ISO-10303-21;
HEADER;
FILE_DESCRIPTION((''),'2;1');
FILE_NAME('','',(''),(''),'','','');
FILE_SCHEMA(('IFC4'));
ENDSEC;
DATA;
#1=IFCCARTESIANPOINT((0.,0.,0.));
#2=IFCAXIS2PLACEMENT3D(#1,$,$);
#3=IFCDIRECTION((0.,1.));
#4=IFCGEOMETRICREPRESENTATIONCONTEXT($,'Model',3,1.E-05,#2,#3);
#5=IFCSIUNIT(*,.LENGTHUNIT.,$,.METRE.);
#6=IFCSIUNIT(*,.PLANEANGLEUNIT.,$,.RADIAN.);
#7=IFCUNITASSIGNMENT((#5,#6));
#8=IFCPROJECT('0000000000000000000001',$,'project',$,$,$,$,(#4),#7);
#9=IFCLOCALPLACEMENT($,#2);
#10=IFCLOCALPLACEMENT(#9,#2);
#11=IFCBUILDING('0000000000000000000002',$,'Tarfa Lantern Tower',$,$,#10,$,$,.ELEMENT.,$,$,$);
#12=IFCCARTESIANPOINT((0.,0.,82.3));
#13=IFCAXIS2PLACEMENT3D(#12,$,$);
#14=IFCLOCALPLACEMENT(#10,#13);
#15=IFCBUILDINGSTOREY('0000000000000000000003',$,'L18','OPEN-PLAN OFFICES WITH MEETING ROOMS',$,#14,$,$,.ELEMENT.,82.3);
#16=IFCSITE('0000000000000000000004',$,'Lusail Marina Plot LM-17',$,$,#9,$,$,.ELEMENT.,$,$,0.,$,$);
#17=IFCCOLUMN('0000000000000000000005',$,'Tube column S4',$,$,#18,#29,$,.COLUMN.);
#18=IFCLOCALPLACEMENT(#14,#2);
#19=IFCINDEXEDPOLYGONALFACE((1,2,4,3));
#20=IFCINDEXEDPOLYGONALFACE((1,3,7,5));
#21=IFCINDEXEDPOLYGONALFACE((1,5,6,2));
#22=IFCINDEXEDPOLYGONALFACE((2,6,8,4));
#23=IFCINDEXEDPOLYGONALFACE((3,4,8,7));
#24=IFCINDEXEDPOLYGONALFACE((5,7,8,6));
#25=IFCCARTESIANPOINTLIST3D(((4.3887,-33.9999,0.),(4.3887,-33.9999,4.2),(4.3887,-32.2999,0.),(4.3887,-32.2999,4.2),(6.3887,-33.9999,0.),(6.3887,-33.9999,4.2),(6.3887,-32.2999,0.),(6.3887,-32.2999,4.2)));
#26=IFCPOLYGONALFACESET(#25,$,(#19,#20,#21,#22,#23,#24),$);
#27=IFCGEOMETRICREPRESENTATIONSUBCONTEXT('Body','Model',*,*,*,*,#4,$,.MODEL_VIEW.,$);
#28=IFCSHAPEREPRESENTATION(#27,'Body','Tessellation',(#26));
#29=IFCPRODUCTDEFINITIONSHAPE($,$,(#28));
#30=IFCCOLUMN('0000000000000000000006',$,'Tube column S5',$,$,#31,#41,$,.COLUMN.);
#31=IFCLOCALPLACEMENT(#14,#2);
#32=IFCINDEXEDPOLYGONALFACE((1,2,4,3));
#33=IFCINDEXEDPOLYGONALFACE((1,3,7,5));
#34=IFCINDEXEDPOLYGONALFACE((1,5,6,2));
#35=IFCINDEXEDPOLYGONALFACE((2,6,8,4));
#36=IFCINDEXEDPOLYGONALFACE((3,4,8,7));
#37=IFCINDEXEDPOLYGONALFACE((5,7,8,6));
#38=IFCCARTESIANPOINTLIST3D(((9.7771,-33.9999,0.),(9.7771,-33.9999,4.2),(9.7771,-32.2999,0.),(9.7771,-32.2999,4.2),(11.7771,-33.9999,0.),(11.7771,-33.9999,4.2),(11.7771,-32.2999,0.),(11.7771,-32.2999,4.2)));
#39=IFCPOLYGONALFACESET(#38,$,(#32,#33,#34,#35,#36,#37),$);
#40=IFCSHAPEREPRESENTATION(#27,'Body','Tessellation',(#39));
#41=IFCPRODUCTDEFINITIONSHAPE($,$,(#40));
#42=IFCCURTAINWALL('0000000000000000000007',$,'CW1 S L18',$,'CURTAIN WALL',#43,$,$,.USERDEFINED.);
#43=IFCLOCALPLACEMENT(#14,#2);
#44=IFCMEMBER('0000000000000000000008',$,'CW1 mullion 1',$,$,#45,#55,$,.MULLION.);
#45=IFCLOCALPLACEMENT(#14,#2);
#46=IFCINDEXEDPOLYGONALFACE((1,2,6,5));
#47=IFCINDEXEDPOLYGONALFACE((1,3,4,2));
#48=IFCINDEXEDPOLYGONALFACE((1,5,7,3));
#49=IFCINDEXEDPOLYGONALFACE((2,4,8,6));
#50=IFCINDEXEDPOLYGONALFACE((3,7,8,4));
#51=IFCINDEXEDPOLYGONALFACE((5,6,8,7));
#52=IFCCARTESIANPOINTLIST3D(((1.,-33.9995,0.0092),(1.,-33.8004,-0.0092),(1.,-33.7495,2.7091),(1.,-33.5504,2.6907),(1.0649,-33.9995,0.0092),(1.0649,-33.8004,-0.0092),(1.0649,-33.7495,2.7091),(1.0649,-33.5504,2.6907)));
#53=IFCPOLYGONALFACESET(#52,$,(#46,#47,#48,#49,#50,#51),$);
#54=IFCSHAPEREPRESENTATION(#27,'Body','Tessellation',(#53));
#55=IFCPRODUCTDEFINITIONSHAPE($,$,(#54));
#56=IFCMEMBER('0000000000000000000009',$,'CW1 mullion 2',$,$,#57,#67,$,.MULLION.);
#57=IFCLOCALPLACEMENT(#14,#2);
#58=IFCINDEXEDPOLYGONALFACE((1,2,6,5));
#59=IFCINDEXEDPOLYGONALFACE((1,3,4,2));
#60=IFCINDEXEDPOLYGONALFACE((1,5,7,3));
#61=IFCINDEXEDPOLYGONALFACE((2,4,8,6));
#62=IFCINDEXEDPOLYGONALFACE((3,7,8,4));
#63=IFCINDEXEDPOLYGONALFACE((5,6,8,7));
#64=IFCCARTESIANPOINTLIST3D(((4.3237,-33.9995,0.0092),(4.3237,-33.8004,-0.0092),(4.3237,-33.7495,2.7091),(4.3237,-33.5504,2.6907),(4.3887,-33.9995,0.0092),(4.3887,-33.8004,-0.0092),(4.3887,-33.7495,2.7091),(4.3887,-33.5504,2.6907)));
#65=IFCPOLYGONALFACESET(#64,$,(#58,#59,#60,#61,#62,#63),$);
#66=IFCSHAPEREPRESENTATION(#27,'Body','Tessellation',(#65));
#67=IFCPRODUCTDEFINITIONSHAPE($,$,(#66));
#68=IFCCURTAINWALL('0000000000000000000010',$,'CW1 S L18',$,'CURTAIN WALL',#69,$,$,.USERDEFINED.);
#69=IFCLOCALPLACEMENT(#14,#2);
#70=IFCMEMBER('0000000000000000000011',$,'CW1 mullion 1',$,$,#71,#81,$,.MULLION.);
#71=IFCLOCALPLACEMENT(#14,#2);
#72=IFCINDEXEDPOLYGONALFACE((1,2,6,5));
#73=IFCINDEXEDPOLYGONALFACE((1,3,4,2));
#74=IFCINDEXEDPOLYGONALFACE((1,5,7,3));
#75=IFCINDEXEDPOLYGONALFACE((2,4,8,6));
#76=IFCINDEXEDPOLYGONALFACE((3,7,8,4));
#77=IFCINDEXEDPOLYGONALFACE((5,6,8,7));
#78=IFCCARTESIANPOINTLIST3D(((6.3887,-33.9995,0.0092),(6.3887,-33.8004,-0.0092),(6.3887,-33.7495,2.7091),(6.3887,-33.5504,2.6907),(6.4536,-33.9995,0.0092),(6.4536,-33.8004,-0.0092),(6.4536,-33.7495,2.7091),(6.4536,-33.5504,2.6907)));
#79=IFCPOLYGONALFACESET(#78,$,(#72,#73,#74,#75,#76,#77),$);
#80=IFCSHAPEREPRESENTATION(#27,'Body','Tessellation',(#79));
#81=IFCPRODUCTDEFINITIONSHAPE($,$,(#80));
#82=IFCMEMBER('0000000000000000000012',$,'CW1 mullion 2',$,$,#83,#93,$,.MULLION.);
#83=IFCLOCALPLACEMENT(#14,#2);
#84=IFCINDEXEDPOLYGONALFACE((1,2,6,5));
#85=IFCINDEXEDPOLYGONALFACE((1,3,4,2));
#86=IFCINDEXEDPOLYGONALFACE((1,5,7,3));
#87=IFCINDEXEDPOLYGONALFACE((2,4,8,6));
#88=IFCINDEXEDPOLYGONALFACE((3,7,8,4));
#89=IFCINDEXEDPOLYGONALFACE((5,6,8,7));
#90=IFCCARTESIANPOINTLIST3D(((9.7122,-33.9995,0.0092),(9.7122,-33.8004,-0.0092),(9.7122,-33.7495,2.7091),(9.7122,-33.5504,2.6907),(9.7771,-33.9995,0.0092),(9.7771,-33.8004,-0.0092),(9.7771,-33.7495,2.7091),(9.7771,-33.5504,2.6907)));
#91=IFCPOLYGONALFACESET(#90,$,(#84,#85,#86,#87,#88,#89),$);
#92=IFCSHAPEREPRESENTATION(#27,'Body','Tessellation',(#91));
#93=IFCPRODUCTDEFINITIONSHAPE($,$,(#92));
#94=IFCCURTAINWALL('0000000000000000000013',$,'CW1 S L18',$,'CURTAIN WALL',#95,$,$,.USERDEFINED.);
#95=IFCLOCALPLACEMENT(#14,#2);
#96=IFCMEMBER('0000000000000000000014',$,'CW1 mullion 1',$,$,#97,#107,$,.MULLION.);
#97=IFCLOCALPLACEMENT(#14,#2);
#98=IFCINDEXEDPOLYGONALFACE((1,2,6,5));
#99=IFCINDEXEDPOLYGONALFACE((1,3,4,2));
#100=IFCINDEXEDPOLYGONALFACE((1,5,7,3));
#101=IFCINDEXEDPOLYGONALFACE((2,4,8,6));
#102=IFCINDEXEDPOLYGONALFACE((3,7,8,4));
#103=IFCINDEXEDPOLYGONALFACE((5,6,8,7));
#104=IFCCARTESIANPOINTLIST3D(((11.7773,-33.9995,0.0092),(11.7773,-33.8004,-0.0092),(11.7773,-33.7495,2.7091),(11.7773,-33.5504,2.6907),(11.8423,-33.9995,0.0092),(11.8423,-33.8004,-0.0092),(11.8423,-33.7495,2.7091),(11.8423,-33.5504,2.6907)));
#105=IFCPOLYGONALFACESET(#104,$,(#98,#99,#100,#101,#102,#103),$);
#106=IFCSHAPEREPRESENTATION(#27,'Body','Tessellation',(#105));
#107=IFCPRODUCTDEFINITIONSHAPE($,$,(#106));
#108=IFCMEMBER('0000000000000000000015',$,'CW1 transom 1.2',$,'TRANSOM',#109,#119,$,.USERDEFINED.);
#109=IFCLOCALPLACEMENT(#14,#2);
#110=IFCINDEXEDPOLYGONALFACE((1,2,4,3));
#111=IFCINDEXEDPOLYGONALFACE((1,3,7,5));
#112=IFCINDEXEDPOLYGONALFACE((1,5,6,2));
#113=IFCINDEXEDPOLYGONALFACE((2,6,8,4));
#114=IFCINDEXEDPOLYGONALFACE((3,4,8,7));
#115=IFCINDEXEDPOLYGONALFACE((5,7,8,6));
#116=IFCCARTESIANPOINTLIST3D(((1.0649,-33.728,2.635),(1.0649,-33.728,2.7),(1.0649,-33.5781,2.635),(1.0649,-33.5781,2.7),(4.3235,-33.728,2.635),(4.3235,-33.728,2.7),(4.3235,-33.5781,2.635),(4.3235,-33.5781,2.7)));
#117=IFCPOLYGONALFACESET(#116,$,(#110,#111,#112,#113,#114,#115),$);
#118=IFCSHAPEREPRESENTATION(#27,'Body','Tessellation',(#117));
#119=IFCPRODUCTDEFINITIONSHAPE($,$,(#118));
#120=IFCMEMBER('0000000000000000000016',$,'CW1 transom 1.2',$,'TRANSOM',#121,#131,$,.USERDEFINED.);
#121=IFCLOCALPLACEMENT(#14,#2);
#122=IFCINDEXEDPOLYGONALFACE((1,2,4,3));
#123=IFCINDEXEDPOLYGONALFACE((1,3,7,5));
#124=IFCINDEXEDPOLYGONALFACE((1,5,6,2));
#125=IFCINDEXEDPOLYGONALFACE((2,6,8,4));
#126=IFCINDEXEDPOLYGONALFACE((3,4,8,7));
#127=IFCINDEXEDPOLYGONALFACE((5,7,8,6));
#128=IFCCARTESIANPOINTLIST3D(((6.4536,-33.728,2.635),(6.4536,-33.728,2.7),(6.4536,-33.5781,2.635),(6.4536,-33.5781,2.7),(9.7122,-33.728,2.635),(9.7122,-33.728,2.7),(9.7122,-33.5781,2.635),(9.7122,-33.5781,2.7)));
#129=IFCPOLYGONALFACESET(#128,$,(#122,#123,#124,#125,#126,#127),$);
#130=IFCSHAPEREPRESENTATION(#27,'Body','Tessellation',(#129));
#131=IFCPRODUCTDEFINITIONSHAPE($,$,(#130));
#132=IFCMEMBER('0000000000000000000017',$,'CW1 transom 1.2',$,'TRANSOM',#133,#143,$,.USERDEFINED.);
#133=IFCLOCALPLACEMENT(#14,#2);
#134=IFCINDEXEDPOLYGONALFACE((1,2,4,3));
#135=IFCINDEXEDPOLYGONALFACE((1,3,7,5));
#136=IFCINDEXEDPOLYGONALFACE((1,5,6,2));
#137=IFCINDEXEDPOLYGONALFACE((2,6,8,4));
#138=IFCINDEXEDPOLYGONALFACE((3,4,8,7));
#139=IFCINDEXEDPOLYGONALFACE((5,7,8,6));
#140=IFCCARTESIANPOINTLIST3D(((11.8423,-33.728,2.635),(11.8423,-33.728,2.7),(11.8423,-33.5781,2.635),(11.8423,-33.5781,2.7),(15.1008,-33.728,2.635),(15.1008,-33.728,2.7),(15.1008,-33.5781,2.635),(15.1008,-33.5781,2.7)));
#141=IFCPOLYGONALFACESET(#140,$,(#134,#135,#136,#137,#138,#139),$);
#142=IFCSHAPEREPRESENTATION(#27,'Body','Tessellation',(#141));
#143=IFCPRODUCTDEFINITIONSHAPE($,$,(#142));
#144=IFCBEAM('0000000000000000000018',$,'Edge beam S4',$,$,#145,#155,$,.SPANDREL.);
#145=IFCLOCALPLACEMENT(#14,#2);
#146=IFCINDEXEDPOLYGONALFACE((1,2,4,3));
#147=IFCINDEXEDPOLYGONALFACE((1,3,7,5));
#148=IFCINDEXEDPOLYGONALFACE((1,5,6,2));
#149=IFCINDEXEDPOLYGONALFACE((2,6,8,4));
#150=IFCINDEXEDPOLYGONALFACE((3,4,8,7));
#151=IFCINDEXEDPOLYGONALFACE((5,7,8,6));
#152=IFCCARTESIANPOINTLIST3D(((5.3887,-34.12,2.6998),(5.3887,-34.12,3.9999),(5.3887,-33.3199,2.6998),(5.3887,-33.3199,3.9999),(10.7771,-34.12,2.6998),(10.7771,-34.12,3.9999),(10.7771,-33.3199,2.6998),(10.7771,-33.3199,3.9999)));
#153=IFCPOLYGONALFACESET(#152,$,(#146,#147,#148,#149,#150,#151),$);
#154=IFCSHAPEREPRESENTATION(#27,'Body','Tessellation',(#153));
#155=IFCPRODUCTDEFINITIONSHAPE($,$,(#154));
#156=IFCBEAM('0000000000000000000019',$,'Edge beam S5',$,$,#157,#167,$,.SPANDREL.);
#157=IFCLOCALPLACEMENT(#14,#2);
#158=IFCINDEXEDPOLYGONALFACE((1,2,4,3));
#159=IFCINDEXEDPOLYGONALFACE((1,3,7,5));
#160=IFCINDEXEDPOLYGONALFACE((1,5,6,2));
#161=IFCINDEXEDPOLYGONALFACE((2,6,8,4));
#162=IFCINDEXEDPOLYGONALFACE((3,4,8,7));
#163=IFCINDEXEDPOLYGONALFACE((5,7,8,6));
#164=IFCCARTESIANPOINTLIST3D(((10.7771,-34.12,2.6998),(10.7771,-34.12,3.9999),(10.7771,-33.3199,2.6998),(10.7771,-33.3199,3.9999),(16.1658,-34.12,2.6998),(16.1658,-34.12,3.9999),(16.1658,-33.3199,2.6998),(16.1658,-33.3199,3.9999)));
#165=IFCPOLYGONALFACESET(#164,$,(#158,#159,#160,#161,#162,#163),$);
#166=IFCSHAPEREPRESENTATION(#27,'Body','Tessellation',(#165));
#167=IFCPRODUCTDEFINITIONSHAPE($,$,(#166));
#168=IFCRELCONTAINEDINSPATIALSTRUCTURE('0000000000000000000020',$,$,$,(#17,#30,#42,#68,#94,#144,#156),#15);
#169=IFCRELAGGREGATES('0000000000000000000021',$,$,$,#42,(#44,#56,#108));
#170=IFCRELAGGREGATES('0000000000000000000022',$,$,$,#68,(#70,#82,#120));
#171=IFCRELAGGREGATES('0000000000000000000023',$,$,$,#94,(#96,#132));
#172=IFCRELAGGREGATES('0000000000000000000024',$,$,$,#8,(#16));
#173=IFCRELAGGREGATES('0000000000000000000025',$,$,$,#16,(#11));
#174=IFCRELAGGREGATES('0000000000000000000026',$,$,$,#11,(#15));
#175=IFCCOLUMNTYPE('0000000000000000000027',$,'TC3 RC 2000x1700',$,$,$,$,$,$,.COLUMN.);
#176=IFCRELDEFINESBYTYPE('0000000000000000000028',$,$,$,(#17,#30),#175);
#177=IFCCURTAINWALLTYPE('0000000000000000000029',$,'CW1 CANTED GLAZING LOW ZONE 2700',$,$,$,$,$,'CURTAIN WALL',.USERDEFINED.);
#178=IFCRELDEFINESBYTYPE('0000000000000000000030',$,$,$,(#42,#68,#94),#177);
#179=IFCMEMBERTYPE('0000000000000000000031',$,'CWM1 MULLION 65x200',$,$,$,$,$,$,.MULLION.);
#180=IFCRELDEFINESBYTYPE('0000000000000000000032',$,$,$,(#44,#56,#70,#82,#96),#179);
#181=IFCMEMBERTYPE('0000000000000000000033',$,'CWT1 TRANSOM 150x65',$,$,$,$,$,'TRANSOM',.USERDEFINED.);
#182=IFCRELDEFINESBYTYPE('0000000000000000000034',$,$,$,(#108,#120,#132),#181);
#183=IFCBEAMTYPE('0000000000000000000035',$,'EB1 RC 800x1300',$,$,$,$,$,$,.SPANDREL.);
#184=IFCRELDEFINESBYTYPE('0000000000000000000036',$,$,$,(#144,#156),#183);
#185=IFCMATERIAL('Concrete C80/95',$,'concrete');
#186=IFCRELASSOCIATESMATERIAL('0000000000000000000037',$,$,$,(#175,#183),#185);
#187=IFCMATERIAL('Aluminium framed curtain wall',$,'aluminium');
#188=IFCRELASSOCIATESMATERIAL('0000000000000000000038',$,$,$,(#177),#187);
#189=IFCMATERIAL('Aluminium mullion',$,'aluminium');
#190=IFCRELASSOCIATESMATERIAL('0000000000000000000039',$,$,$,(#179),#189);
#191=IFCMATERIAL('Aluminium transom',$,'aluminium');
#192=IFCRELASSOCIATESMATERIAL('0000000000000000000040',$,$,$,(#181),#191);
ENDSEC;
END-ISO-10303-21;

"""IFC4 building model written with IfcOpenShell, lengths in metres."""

from ifc_helpers import new_model, si_unit, direction, frame, origin, origin_2d, place, context, subcontext, project, spatial, rectangle, extrude, material, material_profile, profile_set, type_object, element, aggregate, save


model = new_model("IFC4")

# Units and contexts
model_context = context("Model", 3, precision=1e-05, world=origin(), true_north=direction((0.0, 1.0)))
body_context = subcontext(model_context, "Body", "Model", "MODEL_VIEW")
ifc_project = project(units=[si_unit("LENGTHUNIT", "METRE"), si_unit("PLANEANGLEUNIT", "RADIAN")], contexts=[model_context])

# Site, building, storey
site_placement = place(None, origin())
site = spatial("IfcSite", under=ifc_project, at=site_placement, Name="Lusail Marina Plot LM-17", CompositionType="ELEMENT", RefElevation=0.0)
building_placement = place(site_placement, origin())
building = spatial("IfcBuilding", under=site, at=building_placement, Name="Tarfa Lantern Tower", CompositionType="ELEMENT")
storey_placement = place(building_placement, frame((0.0, 0.0, 82.3)))
storey = spatial("IfcBuildingStorey", under=building, at=storey_placement, Name="L18", Description="OPEN-PLAN OFFICES WITH MEETING ROOMS", CompositionType="ELEMENT", Elevation=82.3)

# Columns
ifc_material_1 = material(Name="Concrete C80/95", Category="concrete")
ifc_material_profile_1 = material_profile(ifc_material_1, rectangle(XDim=2.0, YDim=1.7, at=origin_2d()), Name="RC 2000x1700")
ifc_profile_set_1 = profile_set([ifc_material_profile_1], Name="Concrete C80/95")
column_type = type_object("IfcColumnType", Name="TC3 RC 2000x1700", PredefinedType="COLUMN", material=ifc_profile_set_1)
for number, where, z_axis, x_axis, name in (
    (1, (5.3887, -33.1499, 0.0), (0.0, 0.0, 1.0), (1.0, 0.0, 0.0), "Tube column S4"),
    (2, (10.7771, -33.1499, 0.0), (0.0, 0.0, 1.0), (1.0, 0.0, 0.0), "Tube column S5"),
):
    element("IfcColumn", number, at=place(storey_placement, frame(where, z_axis=z_axis, x_axis=x_axis)), inside=storey, type_object=column_type, Name=name, PredefinedType="COLUMN", context=body_context, shape_type="SweptSolid", body=[
        extrude(rectangle(XDim=2.0, YDim=1.7, at=origin_2d()), origin(), (0.0, 0.0, 1.0), 4.2),
    ])

# Curtain walls, members
ifc_material_2 = material(Name="Aluminium framed curtain wall", Category="aluminium")
curtain_wall_type = type_object("IfcCurtainWallType", Name="CW1 CANTED GLAZING LOW ZONE 2700", ElementType="CURTAIN WALL", PredefinedType="USERDEFINED", material=ifc_material_2)
curtain_wall_1_placement = place(storey_placement, origin())
curtain_wall_1 = element("IfcCurtainWall", 3, at=curtain_wall_1_placement, inside=storey, type_object=curtain_wall_type, Name="CW1 S L18", ObjectType="CURTAIN WALL", PredefinedType="USERDEFINED")
ifc_material_3 = material(Name="Aluminium mullion", Category="aluminium")
ifc_material_profile_2 = material_profile(ifc_material_3, rectangle(XDim=0.0649, YDim=0.2, at=origin_2d()), Name="AL MULLION 65x200")
ifc_profile_set_2 = profile_set([ifc_material_profile_2], Name="Aluminium mullion")
member_type_1 = type_object("IfcMemberType", Name="CWM1 MULLION 65x200", PredefinedType="MULLION", material=ifc_profile_set_2)
member_1_placement = place(storey_placement, frame((1.0325, -33.8999, 0.0), z_axis=(0.0, 0.0922, 0.995741), x_axis=(-1.0, 0.0, 0.0)))
member_1 = element("IfcMember", 4, at=member_1_placement, type_object=member_type_1, Name="CW1 mullion 1", PredefinedType="MULLION", context=body_context, shape_type="SweptSolid", body=[
    extrude(rectangle(XDim=0.0649, YDim=0.2, at=origin_2d()), origin(), (0.0, 0.0, 1.0), 2.7114),
])
member_2_placement = place(storey_placement, frame((4.3562, -33.8999, 0.0), z_axis=(0.0, 0.0922, 0.995741), x_axis=(-1.0, 0.0, 0.0)))
member_2 = element("IfcMember", 5, at=member_2_placement, type_object=member_type_1, Name="CW1 mullion 2", PredefinedType="MULLION", context=body_context, shape_type="SweptSolid", body=[
    extrude(rectangle(XDim=0.0649, YDim=0.2, at=origin_2d()), origin(), (0.0, 0.0, 1.0), 2.7114),
])
curtain_wall_2_placement = place(storey_placement, origin())
curtain_wall_2 = element("IfcCurtainWall", 6, at=curtain_wall_2_placement, inside=storey, type_object=curtain_wall_type, Name="CW1 S L18", ObjectType="CURTAIN WALL", PredefinedType="USERDEFINED")
member_3_placement = place(storey_placement, frame((6.4211, -33.8999, 0.0), z_axis=(0.0, 0.0922, 0.995741), x_axis=(-1.0, 0.0, 0.0)))
member_3 = element("IfcMember", 7, at=member_3_placement, type_object=member_type_1, Name="CW1 mullion 1", PredefinedType="MULLION", context=body_context, shape_type="SweptSolid", body=[
    extrude(rectangle(XDim=0.0649, YDim=0.2, at=origin_2d()), origin(), (0.0, 0.0, 1.0), 2.7114),
])
member_4_placement = place(storey_placement, frame((9.7446, -33.8999, 0.0), z_axis=(0.0, 0.0922, 0.995741), x_axis=(-1.0, 0.0, 0.0)))
member_4 = element("IfcMember", 8, at=member_4_placement, type_object=member_type_1, Name="CW1 mullion 2", PredefinedType="MULLION", context=body_context, shape_type="SweptSolid", body=[
    extrude(rectangle(XDim=0.0649, YDim=0.2, at=origin_2d()), origin(), (0.0, 0.0, 1.0), 2.7114),
])

# Curtain wall, member
curtain_wall_3_placement = place(storey_placement, origin())
curtain_wall_3 = element("IfcCurtainWall", 9, at=curtain_wall_3_placement, inside=storey, type_object=curtain_wall_type, Name="CW1 S L18", ObjectType="CURTAIN WALL", PredefinedType="USERDEFINED")
member_5_placement = place(storey_placement, frame((11.8098, -33.8999, 0.0), z_axis=(0.0, 0.0922, 0.995741), x_axis=(-1.0, 0.0, 0.0)))
member_5 = element("IfcMember", 10, at=member_5_placement, type_object=member_type_1, Name="CW1 mullion 1", PredefinedType="MULLION", context=body_context, shape_type="SweptSolid", body=[
    extrude(rectangle(XDim=0.0649, YDim=0.2, at=origin_2d()), origin(), (0.0, 0.0, 1.0), 2.7114),
])

# Members
ifc_material_4 = material(Name="Aluminium transom", Category="aluminium")
ifc_material_profile_3 = material_profile(ifc_material_4, rectangle(XDim=0.1499, YDim=0.0649, at=origin_2d()), Name="AL TRANSOM 150x65")
ifc_profile_set_3 = profile_set([ifc_material_profile_3], Name="Aluminium transom")
member_type_2 = type_object("IfcMemberType", Name="CWT1 TRANSOM 150x65", ElementType="TRANSOM", PredefinedType="USERDEFINED", material=ifc_profile_set_3)
member_6_placement = place(storey_placement, frame((1.0649, -33.6531, 2.6675), z_axis=(1.0, 0.0, 0.0), x_axis=(0.0, 1.0, 0.0)))
member_6 = element("IfcMember", 11, at=member_6_placement, type_object=member_type_2, Name="CW1 transom 1.2", ObjectType="TRANSOM", PredefinedType="USERDEFINED", context=body_context, shape_type="SweptSolid", body=[
    extrude(rectangle(XDim=0.1499, YDim=0.0649, at=origin_2d()), origin(), (0.0, 0.0, 1.0), 3.2585),
])
member_7_placement = place(storey_placement, frame((6.4536, -33.6531, 2.6675), z_axis=(1.0, 0.0, 0.0), x_axis=(0.0, 1.0, 0.0)))
member_7 = element("IfcMember", 12, at=member_7_placement, type_object=member_type_2, Name="CW1 transom 1.2", ObjectType="TRANSOM", PredefinedType="USERDEFINED", context=body_context, shape_type="SweptSolid", body=[
    extrude(rectangle(XDim=0.1499, YDim=0.0649, at=origin_2d()), origin(), (0.0, 0.0, 1.0), 3.2585),
])
member_8_placement = place(storey_placement, frame((11.8423, -33.6531, 2.6675), z_axis=(1.0, 0.0, 0.0), x_axis=(0.0, 1.0, 0.0)))
member_8 = element("IfcMember", 13, at=member_8_placement, type_object=member_type_2, Name="CW1 transom 1.2", ObjectType="TRANSOM", PredefinedType="USERDEFINED", context=body_context, shape_type="SweptSolid", body=[
    extrude(rectangle(XDim=0.1499, YDim=0.0649, at=origin_2d()), origin(), (0.0, 0.0, 1.0), 3.2585),
])

# Beams
ifc_material_profile_4 = material_profile(ifc_material_1, rectangle(XDim=0.8, YDim=1.3, at=origin_2d()), Name="RC 800x1300")
ifc_profile_set_4 = profile_set([ifc_material_profile_4], Name="Concrete C80/95")
beam_type_1 = type_object("IfcBeamType", Name="EB1 RC 800x1300", PredefinedType="SPANDREL", material=ifc_profile_set_4)
beam_1_placement = place(storey_placement, frame((5.3887, -33.72, 3.3499), z_axis=(1.0, 0.0, 0.0), x_axis=(0.0, 1.0, 0.0)))
element("IfcBeam", 14, at=beam_1_placement, inside=storey, type_object=beam_type_1, Name="Edge beam S4", PredefinedType="SPANDREL", context=body_context, shape_type="SweptSolid", body=[
    extrude(rectangle(XDim=0.8, YDim=1.3, at=origin_2d()), origin(), (0.0, 0.0, 1.0), 5.3884),
])
beam_2_placement = place(storey_placement, frame((10.7771, -33.72, 3.3499), z_axis=(1.0, 0.0, 0.0), x_axis=(0.0, 1.0, 0.0)))
element("IfcBeam", 15, at=beam_2_placement, inside=storey, type_object=beam_type_1, Name="Edge beam S5", PredefinedType="SPANDREL", context=body_context, shape_type="SweptSolid", body=[
    extrude(rectangle(XDim=0.8, YDim=1.3, at=origin_2d()), origin(), (0.0, 0.0, 1.0), 5.3887),
])

aggregate(curtain_wall_1, [member_1, member_2, member_6])
aggregate(curtain_wall_2, [member_3, member_4, member_7])
aggregate(curtain_wall_3, [member_5, member_8])

save(model, "model.ifc")
